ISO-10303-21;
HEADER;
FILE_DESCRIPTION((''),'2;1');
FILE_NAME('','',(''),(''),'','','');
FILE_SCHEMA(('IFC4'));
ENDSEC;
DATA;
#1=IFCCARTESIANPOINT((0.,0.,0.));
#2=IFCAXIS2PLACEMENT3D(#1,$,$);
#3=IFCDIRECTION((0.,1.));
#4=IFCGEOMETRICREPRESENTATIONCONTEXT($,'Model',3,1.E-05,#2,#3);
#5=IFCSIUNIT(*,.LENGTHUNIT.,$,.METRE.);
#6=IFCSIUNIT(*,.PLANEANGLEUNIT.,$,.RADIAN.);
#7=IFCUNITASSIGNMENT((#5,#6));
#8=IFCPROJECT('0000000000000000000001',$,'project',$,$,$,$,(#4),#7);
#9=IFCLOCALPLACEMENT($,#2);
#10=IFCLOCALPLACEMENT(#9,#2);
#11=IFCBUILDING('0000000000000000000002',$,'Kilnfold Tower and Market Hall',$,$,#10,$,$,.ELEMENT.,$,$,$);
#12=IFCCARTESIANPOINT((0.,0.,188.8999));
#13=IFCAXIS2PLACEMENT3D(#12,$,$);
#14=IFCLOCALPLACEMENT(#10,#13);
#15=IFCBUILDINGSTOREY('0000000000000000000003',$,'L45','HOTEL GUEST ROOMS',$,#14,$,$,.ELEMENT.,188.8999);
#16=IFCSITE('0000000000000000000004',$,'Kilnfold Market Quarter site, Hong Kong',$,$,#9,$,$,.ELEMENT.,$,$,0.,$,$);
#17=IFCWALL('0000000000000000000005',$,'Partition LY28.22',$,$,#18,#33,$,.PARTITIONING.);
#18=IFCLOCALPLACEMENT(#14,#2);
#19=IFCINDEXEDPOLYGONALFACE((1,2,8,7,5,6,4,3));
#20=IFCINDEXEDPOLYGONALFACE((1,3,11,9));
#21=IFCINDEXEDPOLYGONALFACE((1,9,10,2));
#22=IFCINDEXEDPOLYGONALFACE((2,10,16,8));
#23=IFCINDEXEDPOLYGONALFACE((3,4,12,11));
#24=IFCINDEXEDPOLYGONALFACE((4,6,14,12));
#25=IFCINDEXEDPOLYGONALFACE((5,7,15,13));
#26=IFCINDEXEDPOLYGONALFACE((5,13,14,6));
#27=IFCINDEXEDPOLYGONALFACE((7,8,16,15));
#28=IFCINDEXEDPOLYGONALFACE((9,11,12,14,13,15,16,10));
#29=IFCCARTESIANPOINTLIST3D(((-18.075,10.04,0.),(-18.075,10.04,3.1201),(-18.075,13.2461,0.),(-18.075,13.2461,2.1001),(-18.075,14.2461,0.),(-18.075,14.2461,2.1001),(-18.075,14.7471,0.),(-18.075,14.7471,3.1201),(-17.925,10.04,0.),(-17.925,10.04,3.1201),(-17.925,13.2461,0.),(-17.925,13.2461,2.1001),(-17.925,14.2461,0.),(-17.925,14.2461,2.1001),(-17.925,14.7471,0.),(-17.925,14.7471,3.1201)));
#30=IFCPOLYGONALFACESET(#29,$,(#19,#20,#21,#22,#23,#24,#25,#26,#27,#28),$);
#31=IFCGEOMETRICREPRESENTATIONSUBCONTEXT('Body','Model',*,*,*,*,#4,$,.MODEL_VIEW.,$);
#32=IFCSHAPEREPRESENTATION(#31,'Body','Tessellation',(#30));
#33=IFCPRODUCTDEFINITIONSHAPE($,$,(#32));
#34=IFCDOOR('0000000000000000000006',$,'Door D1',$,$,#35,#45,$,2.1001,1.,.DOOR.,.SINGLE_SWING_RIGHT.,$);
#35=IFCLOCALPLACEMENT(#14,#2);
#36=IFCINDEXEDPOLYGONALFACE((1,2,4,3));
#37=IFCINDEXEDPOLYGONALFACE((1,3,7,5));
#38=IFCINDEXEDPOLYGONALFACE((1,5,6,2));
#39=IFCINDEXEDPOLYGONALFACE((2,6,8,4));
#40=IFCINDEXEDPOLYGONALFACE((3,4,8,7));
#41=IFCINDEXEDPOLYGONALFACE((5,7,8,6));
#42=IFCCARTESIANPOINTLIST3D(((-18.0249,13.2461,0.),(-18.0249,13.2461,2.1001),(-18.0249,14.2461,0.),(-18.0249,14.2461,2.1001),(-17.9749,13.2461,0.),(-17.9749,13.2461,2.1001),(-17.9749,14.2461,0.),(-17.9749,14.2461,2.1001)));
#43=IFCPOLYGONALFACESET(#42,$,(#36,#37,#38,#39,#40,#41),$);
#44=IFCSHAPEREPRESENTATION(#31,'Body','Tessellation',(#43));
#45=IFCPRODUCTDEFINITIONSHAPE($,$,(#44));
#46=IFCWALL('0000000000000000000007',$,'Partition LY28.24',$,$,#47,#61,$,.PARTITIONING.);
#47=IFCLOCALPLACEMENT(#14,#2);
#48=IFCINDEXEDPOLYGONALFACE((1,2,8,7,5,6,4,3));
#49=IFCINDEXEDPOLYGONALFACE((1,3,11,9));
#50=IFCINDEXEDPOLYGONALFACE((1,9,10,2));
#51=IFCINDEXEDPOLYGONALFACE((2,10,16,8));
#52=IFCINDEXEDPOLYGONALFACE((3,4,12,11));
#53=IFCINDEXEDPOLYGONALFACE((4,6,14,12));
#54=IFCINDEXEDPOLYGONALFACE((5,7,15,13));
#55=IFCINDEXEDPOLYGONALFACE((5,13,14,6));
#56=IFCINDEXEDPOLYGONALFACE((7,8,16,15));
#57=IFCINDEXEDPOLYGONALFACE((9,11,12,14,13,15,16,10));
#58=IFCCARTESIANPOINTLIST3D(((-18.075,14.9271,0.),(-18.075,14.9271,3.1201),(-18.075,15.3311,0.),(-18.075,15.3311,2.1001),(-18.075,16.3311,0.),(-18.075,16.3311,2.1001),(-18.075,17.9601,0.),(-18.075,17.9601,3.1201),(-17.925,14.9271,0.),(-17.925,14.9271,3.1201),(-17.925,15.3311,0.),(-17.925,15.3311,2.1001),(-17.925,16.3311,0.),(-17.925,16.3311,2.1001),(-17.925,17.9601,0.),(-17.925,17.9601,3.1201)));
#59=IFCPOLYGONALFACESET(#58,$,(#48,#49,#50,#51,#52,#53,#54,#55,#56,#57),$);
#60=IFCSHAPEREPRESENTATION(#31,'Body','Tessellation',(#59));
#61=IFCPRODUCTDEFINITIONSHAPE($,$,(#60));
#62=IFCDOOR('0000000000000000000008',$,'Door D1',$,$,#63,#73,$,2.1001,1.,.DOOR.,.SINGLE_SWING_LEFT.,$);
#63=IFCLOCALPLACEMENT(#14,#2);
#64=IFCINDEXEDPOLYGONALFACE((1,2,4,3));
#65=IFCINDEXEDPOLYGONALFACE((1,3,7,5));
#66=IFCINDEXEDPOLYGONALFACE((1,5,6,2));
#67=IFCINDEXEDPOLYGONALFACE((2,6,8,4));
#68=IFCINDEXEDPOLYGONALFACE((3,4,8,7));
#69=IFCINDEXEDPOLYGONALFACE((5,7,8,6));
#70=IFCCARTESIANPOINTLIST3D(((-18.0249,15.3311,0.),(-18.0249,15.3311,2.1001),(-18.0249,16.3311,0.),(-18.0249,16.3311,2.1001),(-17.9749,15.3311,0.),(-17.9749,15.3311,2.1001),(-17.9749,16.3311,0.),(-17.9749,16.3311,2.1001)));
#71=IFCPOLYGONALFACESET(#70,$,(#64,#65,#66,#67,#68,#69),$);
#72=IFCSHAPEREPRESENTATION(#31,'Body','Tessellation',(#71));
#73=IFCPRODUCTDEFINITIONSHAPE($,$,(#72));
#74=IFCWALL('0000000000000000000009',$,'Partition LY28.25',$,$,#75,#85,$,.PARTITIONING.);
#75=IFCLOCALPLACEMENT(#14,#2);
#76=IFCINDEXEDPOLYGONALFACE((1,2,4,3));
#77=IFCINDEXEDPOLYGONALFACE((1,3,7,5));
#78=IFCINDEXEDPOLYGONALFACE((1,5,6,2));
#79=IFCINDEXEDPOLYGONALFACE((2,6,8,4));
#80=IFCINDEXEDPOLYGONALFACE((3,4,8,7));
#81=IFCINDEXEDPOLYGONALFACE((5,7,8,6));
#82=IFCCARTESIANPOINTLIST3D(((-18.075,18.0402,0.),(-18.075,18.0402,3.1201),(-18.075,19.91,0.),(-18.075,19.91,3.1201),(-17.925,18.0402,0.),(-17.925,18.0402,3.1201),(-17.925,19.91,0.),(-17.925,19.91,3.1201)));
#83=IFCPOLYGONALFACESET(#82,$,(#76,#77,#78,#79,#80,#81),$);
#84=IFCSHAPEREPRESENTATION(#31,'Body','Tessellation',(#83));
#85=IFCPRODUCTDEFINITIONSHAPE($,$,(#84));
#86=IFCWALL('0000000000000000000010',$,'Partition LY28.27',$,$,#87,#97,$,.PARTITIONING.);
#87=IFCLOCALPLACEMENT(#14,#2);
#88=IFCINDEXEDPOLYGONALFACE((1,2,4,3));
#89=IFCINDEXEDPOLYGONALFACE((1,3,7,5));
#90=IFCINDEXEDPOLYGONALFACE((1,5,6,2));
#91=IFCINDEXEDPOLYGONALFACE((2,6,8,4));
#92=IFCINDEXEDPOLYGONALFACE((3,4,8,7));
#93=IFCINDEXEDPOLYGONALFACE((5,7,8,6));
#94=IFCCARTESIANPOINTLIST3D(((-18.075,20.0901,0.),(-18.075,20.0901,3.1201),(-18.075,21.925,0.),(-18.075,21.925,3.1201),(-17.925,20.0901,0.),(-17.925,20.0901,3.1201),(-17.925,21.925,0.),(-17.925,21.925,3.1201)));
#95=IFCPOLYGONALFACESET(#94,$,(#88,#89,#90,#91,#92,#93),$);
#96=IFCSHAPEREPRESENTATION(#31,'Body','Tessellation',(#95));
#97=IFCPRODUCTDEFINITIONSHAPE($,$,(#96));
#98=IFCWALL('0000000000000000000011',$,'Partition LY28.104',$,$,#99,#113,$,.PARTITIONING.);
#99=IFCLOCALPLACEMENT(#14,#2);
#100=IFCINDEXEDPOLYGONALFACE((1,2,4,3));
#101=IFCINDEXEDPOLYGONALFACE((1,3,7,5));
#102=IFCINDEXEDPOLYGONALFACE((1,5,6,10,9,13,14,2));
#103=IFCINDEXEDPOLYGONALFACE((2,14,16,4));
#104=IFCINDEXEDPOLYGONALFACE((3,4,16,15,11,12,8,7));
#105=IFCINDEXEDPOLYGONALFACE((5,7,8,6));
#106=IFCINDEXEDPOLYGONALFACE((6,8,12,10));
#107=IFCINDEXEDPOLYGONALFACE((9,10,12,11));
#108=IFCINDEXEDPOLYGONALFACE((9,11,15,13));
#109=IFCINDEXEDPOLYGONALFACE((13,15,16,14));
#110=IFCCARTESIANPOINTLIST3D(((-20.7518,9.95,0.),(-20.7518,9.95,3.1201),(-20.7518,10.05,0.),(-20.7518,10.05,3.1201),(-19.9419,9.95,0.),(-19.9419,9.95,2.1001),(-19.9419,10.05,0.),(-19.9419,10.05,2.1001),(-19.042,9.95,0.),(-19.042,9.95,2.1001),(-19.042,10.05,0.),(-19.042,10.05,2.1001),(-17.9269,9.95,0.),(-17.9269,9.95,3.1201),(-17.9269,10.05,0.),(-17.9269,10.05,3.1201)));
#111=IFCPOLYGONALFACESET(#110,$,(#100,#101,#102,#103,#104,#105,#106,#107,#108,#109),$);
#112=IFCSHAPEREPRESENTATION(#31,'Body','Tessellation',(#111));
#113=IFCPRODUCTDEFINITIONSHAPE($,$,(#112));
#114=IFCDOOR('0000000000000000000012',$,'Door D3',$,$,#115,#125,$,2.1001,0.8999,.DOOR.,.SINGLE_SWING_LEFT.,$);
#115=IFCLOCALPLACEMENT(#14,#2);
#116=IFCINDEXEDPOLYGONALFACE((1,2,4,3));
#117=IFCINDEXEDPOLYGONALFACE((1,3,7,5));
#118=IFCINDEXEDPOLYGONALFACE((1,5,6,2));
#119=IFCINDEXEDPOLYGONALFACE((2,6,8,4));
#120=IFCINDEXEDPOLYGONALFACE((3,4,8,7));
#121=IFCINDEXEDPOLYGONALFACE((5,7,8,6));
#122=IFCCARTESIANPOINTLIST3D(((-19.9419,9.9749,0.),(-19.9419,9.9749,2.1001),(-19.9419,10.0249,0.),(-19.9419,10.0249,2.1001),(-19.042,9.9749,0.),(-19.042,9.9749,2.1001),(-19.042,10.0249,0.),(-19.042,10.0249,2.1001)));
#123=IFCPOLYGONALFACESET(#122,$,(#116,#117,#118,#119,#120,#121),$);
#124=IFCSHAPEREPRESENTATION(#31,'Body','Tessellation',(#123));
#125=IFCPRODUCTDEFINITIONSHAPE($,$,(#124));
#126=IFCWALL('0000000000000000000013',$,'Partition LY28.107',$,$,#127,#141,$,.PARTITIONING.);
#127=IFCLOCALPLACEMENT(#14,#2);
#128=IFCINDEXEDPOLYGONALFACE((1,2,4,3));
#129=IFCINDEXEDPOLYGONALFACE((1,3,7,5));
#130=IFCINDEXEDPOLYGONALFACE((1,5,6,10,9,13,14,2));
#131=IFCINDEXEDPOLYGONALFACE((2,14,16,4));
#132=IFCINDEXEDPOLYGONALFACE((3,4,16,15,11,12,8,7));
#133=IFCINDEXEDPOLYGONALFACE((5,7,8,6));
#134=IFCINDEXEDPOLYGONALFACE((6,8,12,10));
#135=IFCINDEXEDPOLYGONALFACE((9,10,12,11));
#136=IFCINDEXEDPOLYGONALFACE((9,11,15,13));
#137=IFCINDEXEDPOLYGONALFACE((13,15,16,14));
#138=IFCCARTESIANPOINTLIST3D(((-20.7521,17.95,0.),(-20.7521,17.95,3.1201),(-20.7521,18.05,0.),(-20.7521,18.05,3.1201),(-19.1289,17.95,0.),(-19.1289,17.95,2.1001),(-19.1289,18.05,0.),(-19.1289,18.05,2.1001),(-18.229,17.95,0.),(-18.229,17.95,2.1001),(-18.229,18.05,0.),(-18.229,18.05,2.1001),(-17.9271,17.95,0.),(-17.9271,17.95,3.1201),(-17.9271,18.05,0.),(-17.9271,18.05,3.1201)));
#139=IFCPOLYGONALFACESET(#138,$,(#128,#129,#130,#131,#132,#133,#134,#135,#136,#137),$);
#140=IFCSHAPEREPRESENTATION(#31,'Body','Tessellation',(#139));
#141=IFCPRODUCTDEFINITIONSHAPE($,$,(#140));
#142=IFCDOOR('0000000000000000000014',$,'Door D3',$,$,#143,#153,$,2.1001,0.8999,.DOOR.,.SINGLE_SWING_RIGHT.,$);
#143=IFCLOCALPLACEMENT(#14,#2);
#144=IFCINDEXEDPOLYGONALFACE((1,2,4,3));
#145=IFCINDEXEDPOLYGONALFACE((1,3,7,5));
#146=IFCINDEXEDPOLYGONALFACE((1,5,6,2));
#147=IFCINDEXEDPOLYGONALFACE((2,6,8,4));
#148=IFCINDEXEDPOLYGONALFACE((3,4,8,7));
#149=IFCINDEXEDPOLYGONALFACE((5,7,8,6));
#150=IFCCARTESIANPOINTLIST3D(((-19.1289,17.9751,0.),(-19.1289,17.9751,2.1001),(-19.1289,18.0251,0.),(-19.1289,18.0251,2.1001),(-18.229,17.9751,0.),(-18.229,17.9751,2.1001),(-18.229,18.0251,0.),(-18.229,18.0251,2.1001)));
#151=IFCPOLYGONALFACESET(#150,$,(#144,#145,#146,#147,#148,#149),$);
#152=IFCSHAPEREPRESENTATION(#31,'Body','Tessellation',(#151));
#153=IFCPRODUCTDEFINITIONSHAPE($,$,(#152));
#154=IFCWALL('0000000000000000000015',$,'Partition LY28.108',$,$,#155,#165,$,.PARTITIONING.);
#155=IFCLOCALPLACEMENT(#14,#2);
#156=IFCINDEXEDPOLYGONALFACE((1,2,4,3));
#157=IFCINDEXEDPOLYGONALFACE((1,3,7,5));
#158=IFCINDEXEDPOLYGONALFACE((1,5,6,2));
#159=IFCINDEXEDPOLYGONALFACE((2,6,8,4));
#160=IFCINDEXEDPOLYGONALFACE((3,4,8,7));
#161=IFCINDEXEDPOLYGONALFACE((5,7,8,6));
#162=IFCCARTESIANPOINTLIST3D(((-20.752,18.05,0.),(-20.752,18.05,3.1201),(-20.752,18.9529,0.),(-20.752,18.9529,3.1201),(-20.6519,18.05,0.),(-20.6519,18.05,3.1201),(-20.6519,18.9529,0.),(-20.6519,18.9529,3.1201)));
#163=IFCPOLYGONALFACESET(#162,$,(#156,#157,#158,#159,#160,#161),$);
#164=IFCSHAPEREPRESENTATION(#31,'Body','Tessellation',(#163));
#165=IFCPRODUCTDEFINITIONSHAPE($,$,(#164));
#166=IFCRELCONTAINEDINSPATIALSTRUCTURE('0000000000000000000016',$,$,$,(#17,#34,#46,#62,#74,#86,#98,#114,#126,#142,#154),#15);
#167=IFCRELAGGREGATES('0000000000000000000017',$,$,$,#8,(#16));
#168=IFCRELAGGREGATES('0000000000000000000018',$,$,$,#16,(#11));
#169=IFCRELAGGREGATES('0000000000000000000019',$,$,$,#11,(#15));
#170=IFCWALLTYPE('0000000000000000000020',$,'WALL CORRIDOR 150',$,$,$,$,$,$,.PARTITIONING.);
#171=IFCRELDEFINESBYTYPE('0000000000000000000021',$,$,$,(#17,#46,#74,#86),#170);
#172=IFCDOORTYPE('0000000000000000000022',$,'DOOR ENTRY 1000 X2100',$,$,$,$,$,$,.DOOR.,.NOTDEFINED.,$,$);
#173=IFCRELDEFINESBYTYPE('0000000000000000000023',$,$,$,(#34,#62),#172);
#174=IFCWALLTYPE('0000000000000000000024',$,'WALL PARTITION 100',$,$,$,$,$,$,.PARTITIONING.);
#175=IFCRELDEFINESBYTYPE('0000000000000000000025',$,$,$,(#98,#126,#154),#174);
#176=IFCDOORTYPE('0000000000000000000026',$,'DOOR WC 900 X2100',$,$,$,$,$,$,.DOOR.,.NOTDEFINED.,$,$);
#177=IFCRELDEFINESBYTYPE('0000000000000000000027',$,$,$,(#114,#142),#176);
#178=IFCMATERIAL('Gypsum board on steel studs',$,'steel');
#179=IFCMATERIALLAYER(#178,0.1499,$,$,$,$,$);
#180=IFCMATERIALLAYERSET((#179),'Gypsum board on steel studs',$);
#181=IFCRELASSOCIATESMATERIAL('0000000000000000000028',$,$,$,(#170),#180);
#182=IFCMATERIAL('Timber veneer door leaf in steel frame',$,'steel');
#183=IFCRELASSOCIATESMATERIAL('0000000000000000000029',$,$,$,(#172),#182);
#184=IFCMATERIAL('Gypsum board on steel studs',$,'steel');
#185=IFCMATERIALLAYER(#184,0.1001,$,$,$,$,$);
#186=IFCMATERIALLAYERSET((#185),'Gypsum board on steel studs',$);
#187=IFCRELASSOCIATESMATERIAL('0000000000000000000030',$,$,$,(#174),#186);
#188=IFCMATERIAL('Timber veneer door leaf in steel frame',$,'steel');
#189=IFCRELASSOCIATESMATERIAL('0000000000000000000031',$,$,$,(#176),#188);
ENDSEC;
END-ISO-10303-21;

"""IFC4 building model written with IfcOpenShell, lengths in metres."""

from ifc_helpers import new_model, si_unit, direction, frame, frame_2d, origin, place, context, subcontext, project, spatial, rectangle, extrude, material, layer, layer_set, type_object, element, fill, save


model = new_model("IFC4")

# Units and contexts
model_context = context("Model", 3, precision=1e-05, world=origin(), true_north=direction((0.0, 1.0)))
body_context = subcontext(model_context, "Body", "Model", "MODEL_VIEW")
ifc_project = project(units=[si_unit("LENGTHUNIT", "METRE"), si_unit("PLANEANGLEUNIT", "RADIAN")], contexts=[model_context])

# Site, building, storey
site_placement = place(None, origin())
site = spatial("IfcSite", under=ifc_project, at=site_placement, Name="Kilnfold Market Quarter site, Hong Kong", CompositionType="ELEMENT", RefElevation=0.0)
building_placement = place(site_placement, origin())
building = spatial("IfcBuilding", under=site, at=building_placement, Name="Kilnfold Tower and Market Hall", CompositionType="ELEMENT")
storey_placement = place(building_placement, frame((0.0, 0.0, 188.8999)))
storey = spatial("IfcBuildingStorey", under=building, at=storey_placement, Name="L45", Description="HOTEL GUEST ROOMS", CompositionType="ELEMENT", Elevation=188.8999)

# Walls, openings, doors
ifc_material_1 = material(Name="Gypsum board on steel studs", Category="steel")
ifc_layer_1 = layer(ifc_material_1, 0.1499)
ifc_layer_set_1 = layer_set([ifc_layer_1], Name="Gypsum board on steel studs")
wall_type_1 = type_object("IfcWallType", Name="WALL CORRIDOR 150", PredefinedType="PARTITIONING", material=ifc_layer_set_1)
wall_1_placement = place(storey_placement, frame((-18.0, 10.04, 0.0), z_axis=(0.0, 0.0, 1.0), x_axis=(0.0, 1.0, 0.0)))
wall_1 = element("IfcWall", 1, at=wall_1_placement, inside=storey, type_object=wall_type_1, Name="Partition LY28.22", PredefinedType="PARTITIONING", context=body_context, shape_type="SweptSolid", body=[
    extrude(rectangle(XDim=4.707, YDim=0.1499, at=frame_2d((2.3535, 0.0))), origin(), (0.0, 0.0, 1.0), 3.1201),
])
opening_1_placement = place(wall_1_placement, frame((3.2061, 0.0, 0.0)))
opening_1 = element("IfcOpeningElement", 2, at=opening_1_placement, cuts=wall_1, PredefinedType="OPENING", context=body_context, shape_type="SweptSolid", body=[
    extrude(rectangle(XDim=1.0, YDim=2.1001, at=frame_2d((0.5, 1.05))), frame((0.0, 0.085, 0.0), z_axis=(0.0, -1.0, 0.0), x_axis=(1.0, 0.0, 0.0)), (0.0, 0.0, 1.0), 0.1699),
])
ifc_material_2 = material(Name="Timber veneer door leaf in steel frame", Category="steel")
door_type_1 = type_object("IfcDoorType", Name="DOOR ENTRY 1000 X2100", OperationType="NOTDEFINED", PredefinedType="DOOR", material=ifc_material_2)
door_1_placement = place(opening_1_placement, origin())
door_1 = element("IfcDoor", 3, at=door_1_placement, inside=storey, type_object=door_type_1, Name="Door D1", OperationType="SINGLE_SWING_RIGHT", OverallHeight=2.1001, OverallWidth=1.0, PredefinedType="DOOR", context=body_context, shape_type="SweptSolid", body=[
    extrude(rectangle(XDim=1.0, YDim=2.1001, at=frame_2d((0.5, 1.05))), frame((0.0, 0.0249, 0.0), z_axis=(0.0, -1.0, 0.0), x_axis=(1.0, 0.0, 0.0)), (0.0, 0.0, 1.0), 0.05),
])
fill(opening_1, door_1)
wall_2_placement = place(storey_placement, frame((-18.0, 14.927, 0.0), z_axis=(0.0, 0.0, 1.0), x_axis=(0.0, 1.0, 0.0)))
wall_2 = element("IfcWall", 4, at=wall_2_placement, inside=storey, type_object=wall_type_1, Name="Partition LY28.24", PredefinedType="PARTITIONING", context=body_context, shape_type="SweptSolid", body=[
    extrude(rectangle(XDim=3.033, YDim=0.1499, at=frame_2d((1.5166, 0.0))), origin(), (0.0, 0.0, 1.0), 3.1201),
])
opening_2_placement = place(wall_2_placement, frame((0.4041, 0.0, 0.0)))
opening_2 = element("IfcOpeningElement", 5, at=opening_2_placement, cuts=wall_2, PredefinedType="OPENING", context=body_context, shape_type="SweptSolid", body=[
    extrude(rectangle(XDim=1.0, YDim=2.1001, at=frame_2d((0.5, 1.05))), frame((0.0, 0.085, 0.0), z_axis=(0.0, -1.0, 0.0), x_axis=(1.0, 0.0, 0.0)), (0.0, 0.0, 1.0), 0.1699),
])
door_2_placement = place(opening_2_placement, origin())
door_2 = element("IfcDoor", 6, at=door_2_placement, inside=storey, type_object=door_type_1, Name="Door D1", OperationType="SINGLE_SWING_LEFT", OverallHeight=2.1001, OverallWidth=1.0, PredefinedType="DOOR", context=body_context, shape_type="SweptSolid", body=[
    extrude(rectangle(XDim=1.0, YDim=2.1001, at=frame_2d((0.5, 1.05))), frame((0.0, 0.0249, 0.0), z_axis=(0.0, -1.0, 0.0), x_axis=(1.0, 0.0, 0.0)), (0.0, 0.0, 1.0), 0.05),
])
fill(opening_2, door_2)

# Walls
wall_3_placement = place(storey_placement, frame((-18.0, 18.04, 0.0), z_axis=(0.0, 0.0, 1.0), x_axis=(0.0, 1.0, 0.0)))
element("IfcWall", 7, at=wall_3_placement, inside=storey, type_object=wall_type_1, Name="Partition LY28.25", PredefinedType="PARTITIONING", context=body_context, shape_type="SweptSolid", body=[
    extrude(rectangle(XDim=1.8699, YDim=0.1499, at=frame_2d((0.9351, 0.0))), origin(), (0.0, 0.0, 1.0), 3.1201),
])
wall_4_placement = place(storey_placement, frame((-18.0, 20.0901, 0.0), z_axis=(0.0, 0.0, 1.0), x_axis=(0.0, 1.0, 0.0)))
element("IfcWall", 8, at=wall_4_placement, inside=storey, type_object=wall_type_1, Name="Partition LY28.27", PredefinedType="PARTITIONING", context=body_context, shape_type="SweptSolid", body=[
    extrude(rectangle(XDim=1.835, YDim=0.1499, at=frame_2d((0.9175, 0.0))), origin(), (0.0, 0.0, 1.0), 3.1201),
])

# Walls, openings, doors
ifc_material_3 = material(Name="Gypsum board on steel studs", Category="steel")
ifc_layer_2 = layer(ifc_material_3, 0.1001)
ifc_layer_set_2 = layer_set([ifc_layer_2], Name="Gypsum board on steel studs")
wall_type_2 = type_object("IfcWallType", Name="WALL PARTITION 100", PredefinedType="PARTITIONING", material=ifc_layer_set_2)
wall_5_placement = place(storey_placement, frame((-20.752, 10.0, 0.0), z_axis=(0.0, 0.0, 1.0), x_axis=(1.0, 0.0, 0.0)))
wall_5 = element("IfcWall", 9, at=wall_5_placement, inside=storey, type_object=wall_type_2, Name="Partition LY28.104", PredefinedType="PARTITIONING", context=body_context, shape_type="SweptSolid", body=[
    extrude(rectangle(XDim=2.825, YDim=0.1001, at=frame_2d((1.4126, 0.0))), origin(), (0.0, 0.0, 1.0), 3.1201),
])
opening_3_placement = place(wall_5_placement, frame((0.8101, 0.0, 0.0)))
opening_3 = element("IfcOpeningElement", 10, at=opening_3_placement, cuts=wall_5, PredefinedType="OPENING", context=body_context, shape_type="SweptSolid", body=[
    extrude(rectangle(XDim=0.8999, YDim=2.1001, at=frame_2d((0.45, 1.05))), frame((0.0, 0.0601, 0.0), z_axis=(0.0, -1.0, 0.0), x_axis=(1.0, 0.0, 0.0)), (0.0, 0.0, 1.0), 0.1201),
])
ifc_material_4 = material(Name="Timber veneer door leaf in steel frame", Category="steel")
door_type_2 = type_object("IfcDoorType", Name="DOOR WC 900 X2100", OperationType="NOTDEFINED", PredefinedType="DOOR", material=ifc_material_4)
door_3_placement = place(opening_3_placement, origin())
door_3 = element("IfcDoor", 11, at=door_3_placement, inside=storey, type_object=door_type_2, Name="Door D3", OperationType="SINGLE_SWING_LEFT", OverallHeight=2.1001, OverallWidth=0.8999, PredefinedType="DOOR", context=body_context, shape_type="SweptSolid", body=[
    extrude(rectangle(XDim=0.8999, YDim=2.1001, at=frame_2d((0.45, 1.05))), frame((0.0, 0.0249, 0.0), z_axis=(0.0, -1.0, 0.0), x_axis=(1.0, 0.0, 0.0)), (0.0, 0.0, 1.0), 0.05),
])
fill(opening_3, door_3)
wall_6_placement = place(storey_placement, frame((-17.927, 18.0, 0.0), z_axis=(0.0, 0.0, 1.0), x_axis=(-1.0, 0.0, 0.0)))
wall_6 = element("IfcWall", 12, at=wall_6_placement, inside=storey, type_object=wall_type_2, Name="Partition LY28.107", PredefinedType="PARTITIONING", context=body_context, shape_type="SweptSolid", body=[
    extrude(rectangle(XDim=2.825, YDim=0.1001, at=frame_2d((1.4126, 0.0))), origin(), (0.0, 0.0, 1.0), 3.1201),
])
opening_4_placement = place(wall_6_placement, frame((0.302, 0.0, 0.0)))
opening_4 = element("IfcOpeningElement", 13, at=opening_4_placement, cuts=wall_6, PredefinedType="OPENING", context=body_context, shape_type="SweptSolid", body=[
    extrude(rectangle(XDim=0.8999, YDim=2.1001, at=frame_2d((0.45, 1.05))), frame((0.0, 0.0601, 0.0), z_axis=(0.0, -1.0, 0.0), x_axis=(1.0, 0.0, 0.0)), (0.0, 0.0, 1.0), 0.1201),
])
door_4_placement = place(opening_4_placement, origin())
door_4 = element("IfcDoor", 14, at=door_4_placement, inside=storey, type_object=door_type_2, Name="Door D3", OperationType="SINGLE_SWING_RIGHT", OverallHeight=2.1001, OverallWidth=0.8999, PredefinedType="DOOR", context=body_context, shape_type="SweptSolid", body=[
    extrude(rectangle(XDim=0.8999, YDim=2.1001, at=frame_2d((0.45, 1.05))), frame((0.0, 0.0249, 0.0), z_axis=(0.0, -1.0, 0.0), x_axis=(1.0, 0.0, 0.0)), (0.0, 0.0, 1.0), 0.05),
])
fill(opening_4, door_4)

# Wall
wall_7_placement = place(storey_placement, frame((-20.7019, 18.05, 0.0), z_axis=(0.0, 0.0, 1.0), x_axis=(0.0, 1.0, 0.0)))
element("IfcWall", 15, at=wall_7_placement, inside=storey, type_object=wall_type_2, Name="Partition LY28.108", PredefinedType="PARTITIONING", context=body_context, shape_type="SweptSolid", body=[
    extrude(rectangle(XDim=0.9028, YDim=0.1001, at=frame_2d((0.4514, 0.0))), origin(), (0.0, 0.0, 1.0), 3.1201),
])

save(model, "model.ifc")
